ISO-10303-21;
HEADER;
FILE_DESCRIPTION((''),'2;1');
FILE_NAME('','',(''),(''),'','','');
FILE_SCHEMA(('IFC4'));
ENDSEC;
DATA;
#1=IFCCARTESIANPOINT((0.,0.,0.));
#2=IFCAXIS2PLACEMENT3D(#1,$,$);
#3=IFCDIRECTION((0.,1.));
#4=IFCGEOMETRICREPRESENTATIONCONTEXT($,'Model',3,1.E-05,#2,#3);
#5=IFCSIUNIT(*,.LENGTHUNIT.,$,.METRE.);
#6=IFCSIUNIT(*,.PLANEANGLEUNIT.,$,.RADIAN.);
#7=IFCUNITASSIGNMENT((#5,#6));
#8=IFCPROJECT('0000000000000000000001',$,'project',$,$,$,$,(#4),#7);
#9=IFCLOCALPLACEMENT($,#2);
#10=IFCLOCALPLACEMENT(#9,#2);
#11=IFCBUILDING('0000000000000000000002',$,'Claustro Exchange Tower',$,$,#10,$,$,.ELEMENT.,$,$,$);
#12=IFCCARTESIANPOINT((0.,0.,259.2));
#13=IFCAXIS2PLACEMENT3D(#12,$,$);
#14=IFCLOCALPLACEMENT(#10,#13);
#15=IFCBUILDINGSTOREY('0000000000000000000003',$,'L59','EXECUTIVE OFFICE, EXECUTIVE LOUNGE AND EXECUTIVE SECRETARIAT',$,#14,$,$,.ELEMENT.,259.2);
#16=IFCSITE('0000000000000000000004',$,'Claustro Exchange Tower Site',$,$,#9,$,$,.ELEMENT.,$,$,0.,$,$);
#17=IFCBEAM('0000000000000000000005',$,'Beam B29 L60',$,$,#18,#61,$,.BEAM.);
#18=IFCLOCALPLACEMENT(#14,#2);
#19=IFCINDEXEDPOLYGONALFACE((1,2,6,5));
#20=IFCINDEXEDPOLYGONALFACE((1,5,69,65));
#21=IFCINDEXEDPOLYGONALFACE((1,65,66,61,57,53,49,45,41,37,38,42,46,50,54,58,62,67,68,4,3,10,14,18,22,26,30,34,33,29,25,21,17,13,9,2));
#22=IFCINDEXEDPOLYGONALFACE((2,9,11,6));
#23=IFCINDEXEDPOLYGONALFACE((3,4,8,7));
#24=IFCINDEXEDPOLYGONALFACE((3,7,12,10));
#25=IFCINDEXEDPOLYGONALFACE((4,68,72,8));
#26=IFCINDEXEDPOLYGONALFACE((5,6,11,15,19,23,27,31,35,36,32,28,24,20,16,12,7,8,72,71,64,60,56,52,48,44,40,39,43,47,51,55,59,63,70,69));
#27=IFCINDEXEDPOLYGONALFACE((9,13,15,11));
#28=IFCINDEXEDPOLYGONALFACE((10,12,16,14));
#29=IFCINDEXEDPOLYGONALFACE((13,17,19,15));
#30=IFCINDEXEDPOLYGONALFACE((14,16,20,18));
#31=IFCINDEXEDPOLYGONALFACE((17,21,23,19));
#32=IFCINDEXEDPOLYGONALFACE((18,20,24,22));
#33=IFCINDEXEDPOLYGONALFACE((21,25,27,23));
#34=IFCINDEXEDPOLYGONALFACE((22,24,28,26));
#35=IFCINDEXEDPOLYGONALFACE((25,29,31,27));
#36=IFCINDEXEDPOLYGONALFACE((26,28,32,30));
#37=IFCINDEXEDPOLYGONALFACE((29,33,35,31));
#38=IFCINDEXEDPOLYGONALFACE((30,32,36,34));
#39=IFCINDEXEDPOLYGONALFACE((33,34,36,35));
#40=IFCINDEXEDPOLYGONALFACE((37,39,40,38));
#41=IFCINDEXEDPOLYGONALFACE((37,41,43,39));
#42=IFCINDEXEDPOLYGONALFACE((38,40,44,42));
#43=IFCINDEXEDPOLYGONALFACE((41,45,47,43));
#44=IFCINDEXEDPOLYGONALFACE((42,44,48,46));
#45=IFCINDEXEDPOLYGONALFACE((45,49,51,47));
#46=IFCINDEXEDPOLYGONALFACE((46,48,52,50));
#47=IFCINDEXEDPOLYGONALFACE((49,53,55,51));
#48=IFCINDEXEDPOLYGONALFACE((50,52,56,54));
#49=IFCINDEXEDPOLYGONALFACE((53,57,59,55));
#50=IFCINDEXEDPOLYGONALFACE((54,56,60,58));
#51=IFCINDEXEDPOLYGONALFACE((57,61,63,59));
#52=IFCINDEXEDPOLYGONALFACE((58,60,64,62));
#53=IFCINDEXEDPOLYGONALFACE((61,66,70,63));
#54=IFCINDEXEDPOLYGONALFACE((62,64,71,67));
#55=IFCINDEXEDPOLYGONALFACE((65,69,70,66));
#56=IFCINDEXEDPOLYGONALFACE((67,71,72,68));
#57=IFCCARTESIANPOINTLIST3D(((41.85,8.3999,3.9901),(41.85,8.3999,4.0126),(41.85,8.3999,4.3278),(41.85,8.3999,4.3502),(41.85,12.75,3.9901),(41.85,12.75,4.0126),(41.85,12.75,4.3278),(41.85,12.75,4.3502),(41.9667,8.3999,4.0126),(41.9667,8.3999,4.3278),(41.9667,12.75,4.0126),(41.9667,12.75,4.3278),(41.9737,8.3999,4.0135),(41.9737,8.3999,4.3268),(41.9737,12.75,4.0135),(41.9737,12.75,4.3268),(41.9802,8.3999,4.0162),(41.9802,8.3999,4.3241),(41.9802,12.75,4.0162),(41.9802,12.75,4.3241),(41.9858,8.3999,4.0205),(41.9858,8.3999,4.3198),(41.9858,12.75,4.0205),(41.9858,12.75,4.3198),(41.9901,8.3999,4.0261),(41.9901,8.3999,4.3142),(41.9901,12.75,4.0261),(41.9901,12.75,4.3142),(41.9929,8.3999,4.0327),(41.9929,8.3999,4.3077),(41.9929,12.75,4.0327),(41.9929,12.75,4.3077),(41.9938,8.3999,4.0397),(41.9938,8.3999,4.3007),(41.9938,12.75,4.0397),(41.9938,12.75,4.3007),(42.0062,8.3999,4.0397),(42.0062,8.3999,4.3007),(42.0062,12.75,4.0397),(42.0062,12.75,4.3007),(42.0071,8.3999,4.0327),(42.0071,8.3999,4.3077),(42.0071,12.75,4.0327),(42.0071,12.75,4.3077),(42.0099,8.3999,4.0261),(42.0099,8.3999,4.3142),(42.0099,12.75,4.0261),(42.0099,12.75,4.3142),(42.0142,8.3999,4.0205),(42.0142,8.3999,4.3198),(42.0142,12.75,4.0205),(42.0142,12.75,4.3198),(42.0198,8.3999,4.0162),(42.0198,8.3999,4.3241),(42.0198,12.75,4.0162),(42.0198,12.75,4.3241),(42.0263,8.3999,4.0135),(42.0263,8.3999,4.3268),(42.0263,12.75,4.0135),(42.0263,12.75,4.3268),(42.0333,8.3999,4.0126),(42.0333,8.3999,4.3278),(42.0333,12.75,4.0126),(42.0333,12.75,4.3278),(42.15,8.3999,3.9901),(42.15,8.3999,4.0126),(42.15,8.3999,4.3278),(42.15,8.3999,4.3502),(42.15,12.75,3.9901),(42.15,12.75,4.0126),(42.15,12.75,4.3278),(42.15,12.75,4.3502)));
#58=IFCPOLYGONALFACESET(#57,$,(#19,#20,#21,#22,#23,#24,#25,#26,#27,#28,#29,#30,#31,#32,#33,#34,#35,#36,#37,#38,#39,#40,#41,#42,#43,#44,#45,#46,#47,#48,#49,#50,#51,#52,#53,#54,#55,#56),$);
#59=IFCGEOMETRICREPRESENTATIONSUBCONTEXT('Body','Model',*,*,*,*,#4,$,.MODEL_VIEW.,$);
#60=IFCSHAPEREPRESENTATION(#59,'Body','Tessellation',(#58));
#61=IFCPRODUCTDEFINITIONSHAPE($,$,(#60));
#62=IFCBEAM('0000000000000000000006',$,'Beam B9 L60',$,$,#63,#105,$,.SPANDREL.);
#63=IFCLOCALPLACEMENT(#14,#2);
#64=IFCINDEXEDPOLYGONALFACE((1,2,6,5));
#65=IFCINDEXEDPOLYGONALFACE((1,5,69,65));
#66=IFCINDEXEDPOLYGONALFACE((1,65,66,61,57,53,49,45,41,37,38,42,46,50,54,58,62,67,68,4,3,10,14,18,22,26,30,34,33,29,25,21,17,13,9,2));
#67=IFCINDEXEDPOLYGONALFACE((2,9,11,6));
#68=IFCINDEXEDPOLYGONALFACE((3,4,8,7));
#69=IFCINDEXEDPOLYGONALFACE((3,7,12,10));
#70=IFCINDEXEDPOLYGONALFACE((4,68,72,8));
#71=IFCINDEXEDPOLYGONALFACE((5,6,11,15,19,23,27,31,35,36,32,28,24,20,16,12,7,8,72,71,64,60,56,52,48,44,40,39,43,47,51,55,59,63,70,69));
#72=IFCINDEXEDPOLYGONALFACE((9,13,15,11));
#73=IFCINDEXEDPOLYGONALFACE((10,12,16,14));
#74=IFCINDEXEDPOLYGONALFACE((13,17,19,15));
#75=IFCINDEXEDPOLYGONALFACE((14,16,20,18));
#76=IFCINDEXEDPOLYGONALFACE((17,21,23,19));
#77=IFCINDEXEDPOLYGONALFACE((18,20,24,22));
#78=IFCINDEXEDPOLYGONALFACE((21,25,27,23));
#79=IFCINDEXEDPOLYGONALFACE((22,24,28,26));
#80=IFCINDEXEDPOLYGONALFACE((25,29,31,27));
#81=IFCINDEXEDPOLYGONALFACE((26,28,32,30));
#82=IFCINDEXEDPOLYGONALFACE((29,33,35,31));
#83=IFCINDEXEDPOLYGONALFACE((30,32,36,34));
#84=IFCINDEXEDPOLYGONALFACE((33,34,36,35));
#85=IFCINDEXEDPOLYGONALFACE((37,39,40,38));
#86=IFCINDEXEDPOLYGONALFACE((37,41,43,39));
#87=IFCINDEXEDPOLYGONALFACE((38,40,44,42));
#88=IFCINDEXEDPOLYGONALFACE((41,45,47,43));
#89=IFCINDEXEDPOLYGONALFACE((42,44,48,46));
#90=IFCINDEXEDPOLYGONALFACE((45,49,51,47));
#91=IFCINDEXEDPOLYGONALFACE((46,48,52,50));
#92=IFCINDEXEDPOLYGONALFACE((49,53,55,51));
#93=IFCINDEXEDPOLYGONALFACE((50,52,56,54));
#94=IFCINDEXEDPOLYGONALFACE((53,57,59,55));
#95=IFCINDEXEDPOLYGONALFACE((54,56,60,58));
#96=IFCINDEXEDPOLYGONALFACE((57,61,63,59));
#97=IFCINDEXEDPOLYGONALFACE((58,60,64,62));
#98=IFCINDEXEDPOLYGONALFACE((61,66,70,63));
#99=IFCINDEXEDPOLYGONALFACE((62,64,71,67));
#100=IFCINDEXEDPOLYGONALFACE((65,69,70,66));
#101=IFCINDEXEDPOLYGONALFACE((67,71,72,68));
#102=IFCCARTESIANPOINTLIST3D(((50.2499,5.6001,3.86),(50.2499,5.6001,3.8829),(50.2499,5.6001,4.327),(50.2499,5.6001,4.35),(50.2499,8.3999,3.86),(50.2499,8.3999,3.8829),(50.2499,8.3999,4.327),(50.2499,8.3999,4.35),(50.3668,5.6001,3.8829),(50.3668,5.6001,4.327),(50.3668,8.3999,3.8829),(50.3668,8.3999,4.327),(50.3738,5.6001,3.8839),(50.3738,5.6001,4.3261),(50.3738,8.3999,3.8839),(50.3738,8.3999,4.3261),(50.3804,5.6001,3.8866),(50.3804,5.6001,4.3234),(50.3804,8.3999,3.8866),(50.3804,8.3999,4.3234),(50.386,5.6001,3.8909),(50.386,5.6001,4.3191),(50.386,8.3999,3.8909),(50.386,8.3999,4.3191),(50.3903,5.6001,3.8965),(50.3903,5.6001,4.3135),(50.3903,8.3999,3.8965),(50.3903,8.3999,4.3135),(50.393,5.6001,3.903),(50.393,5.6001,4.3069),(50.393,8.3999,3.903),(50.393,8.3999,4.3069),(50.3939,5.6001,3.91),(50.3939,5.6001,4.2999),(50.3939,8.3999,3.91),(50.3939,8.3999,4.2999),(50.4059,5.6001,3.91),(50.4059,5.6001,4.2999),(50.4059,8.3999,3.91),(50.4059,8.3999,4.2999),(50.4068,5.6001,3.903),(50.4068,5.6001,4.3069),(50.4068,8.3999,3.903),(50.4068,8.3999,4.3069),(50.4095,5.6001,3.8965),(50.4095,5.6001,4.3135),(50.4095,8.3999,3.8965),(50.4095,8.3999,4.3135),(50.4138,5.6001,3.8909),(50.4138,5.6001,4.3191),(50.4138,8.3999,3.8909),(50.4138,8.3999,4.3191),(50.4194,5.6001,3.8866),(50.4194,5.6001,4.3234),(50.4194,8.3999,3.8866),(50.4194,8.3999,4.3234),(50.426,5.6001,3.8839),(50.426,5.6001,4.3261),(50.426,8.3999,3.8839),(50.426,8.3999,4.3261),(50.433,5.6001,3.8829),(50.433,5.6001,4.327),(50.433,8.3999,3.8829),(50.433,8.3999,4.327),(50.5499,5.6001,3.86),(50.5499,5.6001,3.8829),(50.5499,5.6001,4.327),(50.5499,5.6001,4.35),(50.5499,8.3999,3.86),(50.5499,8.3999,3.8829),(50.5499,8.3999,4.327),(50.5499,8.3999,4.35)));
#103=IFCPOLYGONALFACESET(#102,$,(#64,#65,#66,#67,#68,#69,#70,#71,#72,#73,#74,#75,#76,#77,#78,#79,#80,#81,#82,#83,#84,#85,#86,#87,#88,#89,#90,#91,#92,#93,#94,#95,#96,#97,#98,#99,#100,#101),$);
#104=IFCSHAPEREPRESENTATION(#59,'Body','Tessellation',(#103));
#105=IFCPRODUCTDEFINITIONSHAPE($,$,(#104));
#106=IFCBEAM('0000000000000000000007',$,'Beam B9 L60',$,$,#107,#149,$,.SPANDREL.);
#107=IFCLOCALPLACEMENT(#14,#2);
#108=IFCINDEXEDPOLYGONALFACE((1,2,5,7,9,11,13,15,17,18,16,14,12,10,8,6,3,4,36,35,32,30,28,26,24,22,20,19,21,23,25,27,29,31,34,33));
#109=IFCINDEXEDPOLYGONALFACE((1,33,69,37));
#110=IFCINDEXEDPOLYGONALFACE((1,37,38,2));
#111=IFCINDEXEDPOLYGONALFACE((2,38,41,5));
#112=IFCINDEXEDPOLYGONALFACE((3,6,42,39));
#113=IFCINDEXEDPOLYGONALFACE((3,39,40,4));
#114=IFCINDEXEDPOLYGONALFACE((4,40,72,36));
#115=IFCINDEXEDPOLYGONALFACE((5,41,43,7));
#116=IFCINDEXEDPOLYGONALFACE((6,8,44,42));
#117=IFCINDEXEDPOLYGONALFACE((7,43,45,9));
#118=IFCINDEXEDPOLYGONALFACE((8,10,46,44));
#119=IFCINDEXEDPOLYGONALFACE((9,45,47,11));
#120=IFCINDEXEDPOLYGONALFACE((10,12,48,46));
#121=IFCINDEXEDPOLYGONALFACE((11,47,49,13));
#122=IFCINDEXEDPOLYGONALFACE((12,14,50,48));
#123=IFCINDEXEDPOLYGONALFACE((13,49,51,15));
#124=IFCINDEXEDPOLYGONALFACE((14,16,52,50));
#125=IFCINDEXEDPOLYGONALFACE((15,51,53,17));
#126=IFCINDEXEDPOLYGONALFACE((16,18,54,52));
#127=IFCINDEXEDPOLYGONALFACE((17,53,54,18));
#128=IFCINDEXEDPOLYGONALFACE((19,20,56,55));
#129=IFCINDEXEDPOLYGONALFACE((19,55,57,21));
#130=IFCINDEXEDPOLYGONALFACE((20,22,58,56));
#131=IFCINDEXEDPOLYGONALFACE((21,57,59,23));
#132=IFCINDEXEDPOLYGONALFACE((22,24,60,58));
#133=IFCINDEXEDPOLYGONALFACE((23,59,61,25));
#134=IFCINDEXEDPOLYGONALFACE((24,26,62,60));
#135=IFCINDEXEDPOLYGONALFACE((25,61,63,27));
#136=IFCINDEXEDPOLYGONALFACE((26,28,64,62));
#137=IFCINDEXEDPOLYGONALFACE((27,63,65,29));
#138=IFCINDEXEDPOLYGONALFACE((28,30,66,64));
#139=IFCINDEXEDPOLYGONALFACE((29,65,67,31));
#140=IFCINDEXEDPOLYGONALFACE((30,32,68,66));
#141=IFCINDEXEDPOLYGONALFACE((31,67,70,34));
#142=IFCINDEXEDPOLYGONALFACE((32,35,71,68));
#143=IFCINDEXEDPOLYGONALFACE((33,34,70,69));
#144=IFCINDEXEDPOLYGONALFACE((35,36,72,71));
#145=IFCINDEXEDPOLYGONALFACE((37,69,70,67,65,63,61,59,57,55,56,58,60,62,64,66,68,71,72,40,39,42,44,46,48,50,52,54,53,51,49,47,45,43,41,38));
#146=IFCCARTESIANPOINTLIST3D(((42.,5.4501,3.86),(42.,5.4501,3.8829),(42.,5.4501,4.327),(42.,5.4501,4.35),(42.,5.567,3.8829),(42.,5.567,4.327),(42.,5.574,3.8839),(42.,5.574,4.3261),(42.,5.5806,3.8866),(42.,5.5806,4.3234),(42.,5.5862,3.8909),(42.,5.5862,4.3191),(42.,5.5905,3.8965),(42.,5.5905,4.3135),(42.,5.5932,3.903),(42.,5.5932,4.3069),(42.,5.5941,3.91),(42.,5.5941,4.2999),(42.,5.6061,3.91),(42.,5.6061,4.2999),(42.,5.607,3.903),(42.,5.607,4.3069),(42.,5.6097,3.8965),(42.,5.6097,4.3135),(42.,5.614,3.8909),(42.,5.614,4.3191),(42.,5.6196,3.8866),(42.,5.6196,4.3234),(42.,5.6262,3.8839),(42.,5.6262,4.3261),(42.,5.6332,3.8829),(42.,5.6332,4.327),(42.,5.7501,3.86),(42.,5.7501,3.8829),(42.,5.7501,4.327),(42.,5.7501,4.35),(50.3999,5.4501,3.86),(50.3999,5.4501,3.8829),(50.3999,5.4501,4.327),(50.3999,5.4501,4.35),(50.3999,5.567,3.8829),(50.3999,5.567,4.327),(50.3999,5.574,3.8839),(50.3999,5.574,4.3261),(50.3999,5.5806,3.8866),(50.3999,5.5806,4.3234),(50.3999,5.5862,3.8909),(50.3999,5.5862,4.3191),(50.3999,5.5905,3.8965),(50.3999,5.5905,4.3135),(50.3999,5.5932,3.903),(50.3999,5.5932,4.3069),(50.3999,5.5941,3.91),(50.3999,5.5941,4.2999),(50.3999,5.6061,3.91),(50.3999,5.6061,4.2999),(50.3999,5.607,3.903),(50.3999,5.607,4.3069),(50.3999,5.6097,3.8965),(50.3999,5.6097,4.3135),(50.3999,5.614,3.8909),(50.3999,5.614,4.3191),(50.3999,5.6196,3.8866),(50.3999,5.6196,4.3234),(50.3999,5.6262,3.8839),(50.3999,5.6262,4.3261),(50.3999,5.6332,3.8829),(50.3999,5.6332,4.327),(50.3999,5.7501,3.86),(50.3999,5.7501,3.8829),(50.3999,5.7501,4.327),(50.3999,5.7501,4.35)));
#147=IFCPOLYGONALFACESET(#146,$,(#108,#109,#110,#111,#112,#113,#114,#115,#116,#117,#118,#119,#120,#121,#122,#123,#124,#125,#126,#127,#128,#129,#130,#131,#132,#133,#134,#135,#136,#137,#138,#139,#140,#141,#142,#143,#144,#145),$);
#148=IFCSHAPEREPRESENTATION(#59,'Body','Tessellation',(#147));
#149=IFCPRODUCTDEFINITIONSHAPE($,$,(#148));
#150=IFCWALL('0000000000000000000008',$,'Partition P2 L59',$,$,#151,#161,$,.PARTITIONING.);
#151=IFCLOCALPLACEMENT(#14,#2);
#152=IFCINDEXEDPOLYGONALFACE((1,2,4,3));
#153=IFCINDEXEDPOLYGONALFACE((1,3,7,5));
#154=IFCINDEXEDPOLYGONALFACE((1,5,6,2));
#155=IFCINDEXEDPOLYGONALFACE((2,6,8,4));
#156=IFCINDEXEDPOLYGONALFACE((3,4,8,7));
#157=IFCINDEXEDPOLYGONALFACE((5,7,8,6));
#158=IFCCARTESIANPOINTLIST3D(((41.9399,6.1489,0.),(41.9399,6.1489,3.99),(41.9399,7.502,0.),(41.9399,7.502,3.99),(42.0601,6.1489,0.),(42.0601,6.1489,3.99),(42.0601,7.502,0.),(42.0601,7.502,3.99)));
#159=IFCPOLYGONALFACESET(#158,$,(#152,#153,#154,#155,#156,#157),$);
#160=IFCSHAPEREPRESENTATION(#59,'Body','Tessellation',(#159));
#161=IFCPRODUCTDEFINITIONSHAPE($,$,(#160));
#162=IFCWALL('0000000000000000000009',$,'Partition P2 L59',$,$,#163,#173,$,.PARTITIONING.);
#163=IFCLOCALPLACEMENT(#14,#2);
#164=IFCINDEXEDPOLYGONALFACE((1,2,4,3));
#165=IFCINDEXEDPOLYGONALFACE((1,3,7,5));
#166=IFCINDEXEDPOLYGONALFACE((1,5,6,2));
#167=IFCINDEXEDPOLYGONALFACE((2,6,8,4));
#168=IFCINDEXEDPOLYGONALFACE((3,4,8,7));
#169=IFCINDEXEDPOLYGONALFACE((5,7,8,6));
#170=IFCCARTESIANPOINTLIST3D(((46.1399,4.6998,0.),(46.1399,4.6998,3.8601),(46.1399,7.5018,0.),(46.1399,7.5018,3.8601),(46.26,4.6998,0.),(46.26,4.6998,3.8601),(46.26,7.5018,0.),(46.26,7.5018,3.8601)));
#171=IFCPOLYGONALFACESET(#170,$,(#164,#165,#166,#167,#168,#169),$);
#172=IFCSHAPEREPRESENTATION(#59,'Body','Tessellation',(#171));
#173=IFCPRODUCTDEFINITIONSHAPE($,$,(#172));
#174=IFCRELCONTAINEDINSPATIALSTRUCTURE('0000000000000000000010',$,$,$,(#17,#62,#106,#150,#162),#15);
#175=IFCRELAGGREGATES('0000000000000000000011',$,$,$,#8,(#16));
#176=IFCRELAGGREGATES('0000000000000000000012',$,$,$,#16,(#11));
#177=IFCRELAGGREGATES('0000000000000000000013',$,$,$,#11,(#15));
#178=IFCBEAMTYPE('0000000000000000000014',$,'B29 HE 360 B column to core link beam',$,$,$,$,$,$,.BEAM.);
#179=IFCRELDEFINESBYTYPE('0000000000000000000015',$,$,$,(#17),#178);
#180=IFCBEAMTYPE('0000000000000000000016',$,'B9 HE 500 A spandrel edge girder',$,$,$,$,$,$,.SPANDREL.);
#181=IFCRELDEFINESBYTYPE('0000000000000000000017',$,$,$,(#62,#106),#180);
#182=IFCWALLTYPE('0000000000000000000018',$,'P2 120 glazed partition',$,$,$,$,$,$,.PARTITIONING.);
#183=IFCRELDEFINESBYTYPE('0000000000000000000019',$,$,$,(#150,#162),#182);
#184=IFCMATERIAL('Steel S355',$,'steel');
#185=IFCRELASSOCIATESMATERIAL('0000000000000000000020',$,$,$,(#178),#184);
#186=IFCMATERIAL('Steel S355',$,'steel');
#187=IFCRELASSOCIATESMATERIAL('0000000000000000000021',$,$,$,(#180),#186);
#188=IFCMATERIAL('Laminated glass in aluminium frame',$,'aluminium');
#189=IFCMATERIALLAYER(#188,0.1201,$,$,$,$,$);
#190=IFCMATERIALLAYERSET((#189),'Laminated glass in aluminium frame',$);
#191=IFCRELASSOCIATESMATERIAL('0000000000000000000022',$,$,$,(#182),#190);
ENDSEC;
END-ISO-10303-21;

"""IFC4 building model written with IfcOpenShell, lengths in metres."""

from ifc_helpers import new_model, si_unit, direction, frame, frame_2d, origin, origin_2d, place, context, subcontext, project, spatial, rectangle, i_section, extrude, material, layer, layer_set, material_profile, profile_set, type_object, element, save


model = new_model("IFC4")

# Units and contexts
model_context = context("Model", 3, precision=1e-05, world=origin(), true_north=direction((0.0, 1.0)))
body_context = subcontext(model_context, "Body", "Model", "MODEL_VIEW")
ifc_project = project(units=[si_unit("LENGTHUNIT", "METRE"), si_unit("PLANEANGLEUNIT", "RADIAN")], contexts=[model_context])

# Site, building, storey
site_placement = place(None, origin())
site = spatial("IfcSite", under=ifc_project, at=site_placement, Name="Claustro Exchange Tower Site", CompositionType="ELEMENT", RefElevation=0.0)
building_placement = place(site_placement, origin())
building = spatial("IfcBuilding", under=site, at=building_placement, Name="Claustro Exchange Tower", CompositionType="ELEMENT")
storey_placement = place(building_placement, frame((0.0, 0.0, 259.2)))
storey = spatial("IfcBuildingStorey", under=building, at=storey_placement, Name="L59", Description="EXECUTIVE OFFICE, EXECUTIVE LOUNGE AND EXECUTIVE SECRETARIAT", CompositionType="ELEMENT", Elevation=259.2)

# Beams
ifc_material_1 = material(Name="Steel S355", Category="steel")
ifc_material_profile_1 = material_profile(ifc_material_1, i_section(OverallWidth=0.3, OverallDepth=0.3601, WebThickness=0.0125, FlangeThickness=0.0225, FilletRadius=0.0271, at=origin_2d()), Name="HE 360 B")
ifc_profile_set_1 = profile_set([ifc_material_profile_1], Name="Steel S355")
beam_type_1 = type_object("IfcBeamType", Name="B29 HE 360 B column to core link beam", PredefinedType="BEAM", material=ifc_profile_set_1)
beam_1_placement = place(storey_placement, frame((42.0, 8.3999, 4.1702), z_axis=(0.0, 1.0, 0.0), x_axis=(-1.0, 0.0, 0.0)))
element("IfcBeam", 1, at=beam_1_placement, inside=storey, type_object=beam_type_1, Name="Beam B29 L60", PredefinedType="BEAM", context=body_context, shape_type="SweptSolid", body=[
    extrude(i_section(OverallWidth=0.3, OverallDepth=0.3601, WebThickness=0.0125, FlangeThickness=0.0225, FilletRadius=0.0271, at=origin_2d()), origin(), (0.0, 0.0, 1.0), 4.3501),
])
ifc_material_2 = material(Name="Steel S355", Category="steel")
ifc_material_profile_2 = material_profile(ifc_material_2, i_section(OverallWidth=0.3, OverallDepth=0.49, WebThickness=0.012, FlangeThickness=0.0229, FilletRadius=0.0271, at=origin_2d()), Name="HE 500 A")
ifc_profile_set_2 = profile_set([ifc_material_profile_2], Name="Steel S355")
beam_type_2 = type_object("IfcBeamType", Name="B9 HE 500 A spandrel edge girder", PredefinedType="SPANDREL", material=ifc_profile_set_2)
beam_2_placement = place(storey_placement, frame((50.3999, 5.6001, 4.105), z_axis=(0.0, 1.0, 0.0), x_axis=(-1.0, 0.0, 0.0)))
element("IfcBeam", 2, at=beam_2_placement, inside=storey, type_object=beam_type_2, Name="Beam B9 L60", PredefinedType="SPANDREL", context=body_context, shape_type="SweptSolid", body=[
    extrude(i_section(OverallWidth=0.3, OverallDepth=0.49, WebThickness=0.012, FlangeThickness=0.0229, FilletRadius=0.0271, at=origin_2d()), origin(), (0.0, 0.0, 1.0), 2.7998),
])
beam_3_placement = place(storey_placement, frame((42.0, 5.6001, 4.105), z_axis=(1.0, 0.0, 0.0), x_axis=(0.0, 1.0, 0.0)))
element("IfcBeam", 3, at=beam_3_placement, inside=storey, type_object=beam_type_2, Name="Beam B9 L60", PredefinedType="SPANDREL", context=body_context, shape_type="SweptSolid", body=[
    extrude(i_section(OverallWidth=0.3, OverallDepth=0.49, WebThickness=0.012, FlangeThickness=0.0229, FilletRadius=0.0271, at=origin_2d()), origin(), (0.0, 0.0, 1.0), 8.3999),
])

# Walls
ifc_material_3 = material(Name="Laminated glass in aluminium frame", Category="aluminium")
ifc_layer_1 = layer(ifc_material_3, 0.1201)
ifc_layer_set_1 = layer_set([ifc_layer_1], Name="Laminated glass in aluminium frame")
wall_type_1 = type_object("IfcWallType", Name="P2 120 glazed partition", PredefinedType="PARTITIONING", material=ifc_layer_set_1)
wall_1_placement = place(storey_placement, frame((42.0, 6.1489, 0.0), z_axis=(0.0, 0.0, 1.0), x_axis=(0.0, 1.0, 0.0)))
element("IfcWall", 4, at=wall_1_placement, inside=storey, type_object=wall_type_1, Name="Partition P2 L59", PredefinedType="PARTITIONING", context=body_context, shape_type="SweptSolid", body=[
    extrude(rectangle(XDim=1.353, YDim=0.1201, at=frame_2d((0.6765, 0.0))), origin(), (0.0, 0.0, 1.0), 3.99),
])
wall_2_placement = place(storey_placement, frame((46.2, 4.7, 0.0), z_axis=(0.0, 0.0, 1.0), x_axis=(0.0, 1.0, 0.0)))
element("IfcWall", 5, at=wall_2_placement, inside=storey, type_object=wall_type_1, Name="Partition P2 L59", PredefinedType="PARTITIONING", context=body_context, shape_type="SweptSolid", body=[
    extrude(rectangle(XDim=2.802, YDim=0.1201, at=frame_2d((1.4009, 0.0))), origin(), (0.0, 0.0, 1.0), 3.8601),
])

save(model, "model.ifc")
